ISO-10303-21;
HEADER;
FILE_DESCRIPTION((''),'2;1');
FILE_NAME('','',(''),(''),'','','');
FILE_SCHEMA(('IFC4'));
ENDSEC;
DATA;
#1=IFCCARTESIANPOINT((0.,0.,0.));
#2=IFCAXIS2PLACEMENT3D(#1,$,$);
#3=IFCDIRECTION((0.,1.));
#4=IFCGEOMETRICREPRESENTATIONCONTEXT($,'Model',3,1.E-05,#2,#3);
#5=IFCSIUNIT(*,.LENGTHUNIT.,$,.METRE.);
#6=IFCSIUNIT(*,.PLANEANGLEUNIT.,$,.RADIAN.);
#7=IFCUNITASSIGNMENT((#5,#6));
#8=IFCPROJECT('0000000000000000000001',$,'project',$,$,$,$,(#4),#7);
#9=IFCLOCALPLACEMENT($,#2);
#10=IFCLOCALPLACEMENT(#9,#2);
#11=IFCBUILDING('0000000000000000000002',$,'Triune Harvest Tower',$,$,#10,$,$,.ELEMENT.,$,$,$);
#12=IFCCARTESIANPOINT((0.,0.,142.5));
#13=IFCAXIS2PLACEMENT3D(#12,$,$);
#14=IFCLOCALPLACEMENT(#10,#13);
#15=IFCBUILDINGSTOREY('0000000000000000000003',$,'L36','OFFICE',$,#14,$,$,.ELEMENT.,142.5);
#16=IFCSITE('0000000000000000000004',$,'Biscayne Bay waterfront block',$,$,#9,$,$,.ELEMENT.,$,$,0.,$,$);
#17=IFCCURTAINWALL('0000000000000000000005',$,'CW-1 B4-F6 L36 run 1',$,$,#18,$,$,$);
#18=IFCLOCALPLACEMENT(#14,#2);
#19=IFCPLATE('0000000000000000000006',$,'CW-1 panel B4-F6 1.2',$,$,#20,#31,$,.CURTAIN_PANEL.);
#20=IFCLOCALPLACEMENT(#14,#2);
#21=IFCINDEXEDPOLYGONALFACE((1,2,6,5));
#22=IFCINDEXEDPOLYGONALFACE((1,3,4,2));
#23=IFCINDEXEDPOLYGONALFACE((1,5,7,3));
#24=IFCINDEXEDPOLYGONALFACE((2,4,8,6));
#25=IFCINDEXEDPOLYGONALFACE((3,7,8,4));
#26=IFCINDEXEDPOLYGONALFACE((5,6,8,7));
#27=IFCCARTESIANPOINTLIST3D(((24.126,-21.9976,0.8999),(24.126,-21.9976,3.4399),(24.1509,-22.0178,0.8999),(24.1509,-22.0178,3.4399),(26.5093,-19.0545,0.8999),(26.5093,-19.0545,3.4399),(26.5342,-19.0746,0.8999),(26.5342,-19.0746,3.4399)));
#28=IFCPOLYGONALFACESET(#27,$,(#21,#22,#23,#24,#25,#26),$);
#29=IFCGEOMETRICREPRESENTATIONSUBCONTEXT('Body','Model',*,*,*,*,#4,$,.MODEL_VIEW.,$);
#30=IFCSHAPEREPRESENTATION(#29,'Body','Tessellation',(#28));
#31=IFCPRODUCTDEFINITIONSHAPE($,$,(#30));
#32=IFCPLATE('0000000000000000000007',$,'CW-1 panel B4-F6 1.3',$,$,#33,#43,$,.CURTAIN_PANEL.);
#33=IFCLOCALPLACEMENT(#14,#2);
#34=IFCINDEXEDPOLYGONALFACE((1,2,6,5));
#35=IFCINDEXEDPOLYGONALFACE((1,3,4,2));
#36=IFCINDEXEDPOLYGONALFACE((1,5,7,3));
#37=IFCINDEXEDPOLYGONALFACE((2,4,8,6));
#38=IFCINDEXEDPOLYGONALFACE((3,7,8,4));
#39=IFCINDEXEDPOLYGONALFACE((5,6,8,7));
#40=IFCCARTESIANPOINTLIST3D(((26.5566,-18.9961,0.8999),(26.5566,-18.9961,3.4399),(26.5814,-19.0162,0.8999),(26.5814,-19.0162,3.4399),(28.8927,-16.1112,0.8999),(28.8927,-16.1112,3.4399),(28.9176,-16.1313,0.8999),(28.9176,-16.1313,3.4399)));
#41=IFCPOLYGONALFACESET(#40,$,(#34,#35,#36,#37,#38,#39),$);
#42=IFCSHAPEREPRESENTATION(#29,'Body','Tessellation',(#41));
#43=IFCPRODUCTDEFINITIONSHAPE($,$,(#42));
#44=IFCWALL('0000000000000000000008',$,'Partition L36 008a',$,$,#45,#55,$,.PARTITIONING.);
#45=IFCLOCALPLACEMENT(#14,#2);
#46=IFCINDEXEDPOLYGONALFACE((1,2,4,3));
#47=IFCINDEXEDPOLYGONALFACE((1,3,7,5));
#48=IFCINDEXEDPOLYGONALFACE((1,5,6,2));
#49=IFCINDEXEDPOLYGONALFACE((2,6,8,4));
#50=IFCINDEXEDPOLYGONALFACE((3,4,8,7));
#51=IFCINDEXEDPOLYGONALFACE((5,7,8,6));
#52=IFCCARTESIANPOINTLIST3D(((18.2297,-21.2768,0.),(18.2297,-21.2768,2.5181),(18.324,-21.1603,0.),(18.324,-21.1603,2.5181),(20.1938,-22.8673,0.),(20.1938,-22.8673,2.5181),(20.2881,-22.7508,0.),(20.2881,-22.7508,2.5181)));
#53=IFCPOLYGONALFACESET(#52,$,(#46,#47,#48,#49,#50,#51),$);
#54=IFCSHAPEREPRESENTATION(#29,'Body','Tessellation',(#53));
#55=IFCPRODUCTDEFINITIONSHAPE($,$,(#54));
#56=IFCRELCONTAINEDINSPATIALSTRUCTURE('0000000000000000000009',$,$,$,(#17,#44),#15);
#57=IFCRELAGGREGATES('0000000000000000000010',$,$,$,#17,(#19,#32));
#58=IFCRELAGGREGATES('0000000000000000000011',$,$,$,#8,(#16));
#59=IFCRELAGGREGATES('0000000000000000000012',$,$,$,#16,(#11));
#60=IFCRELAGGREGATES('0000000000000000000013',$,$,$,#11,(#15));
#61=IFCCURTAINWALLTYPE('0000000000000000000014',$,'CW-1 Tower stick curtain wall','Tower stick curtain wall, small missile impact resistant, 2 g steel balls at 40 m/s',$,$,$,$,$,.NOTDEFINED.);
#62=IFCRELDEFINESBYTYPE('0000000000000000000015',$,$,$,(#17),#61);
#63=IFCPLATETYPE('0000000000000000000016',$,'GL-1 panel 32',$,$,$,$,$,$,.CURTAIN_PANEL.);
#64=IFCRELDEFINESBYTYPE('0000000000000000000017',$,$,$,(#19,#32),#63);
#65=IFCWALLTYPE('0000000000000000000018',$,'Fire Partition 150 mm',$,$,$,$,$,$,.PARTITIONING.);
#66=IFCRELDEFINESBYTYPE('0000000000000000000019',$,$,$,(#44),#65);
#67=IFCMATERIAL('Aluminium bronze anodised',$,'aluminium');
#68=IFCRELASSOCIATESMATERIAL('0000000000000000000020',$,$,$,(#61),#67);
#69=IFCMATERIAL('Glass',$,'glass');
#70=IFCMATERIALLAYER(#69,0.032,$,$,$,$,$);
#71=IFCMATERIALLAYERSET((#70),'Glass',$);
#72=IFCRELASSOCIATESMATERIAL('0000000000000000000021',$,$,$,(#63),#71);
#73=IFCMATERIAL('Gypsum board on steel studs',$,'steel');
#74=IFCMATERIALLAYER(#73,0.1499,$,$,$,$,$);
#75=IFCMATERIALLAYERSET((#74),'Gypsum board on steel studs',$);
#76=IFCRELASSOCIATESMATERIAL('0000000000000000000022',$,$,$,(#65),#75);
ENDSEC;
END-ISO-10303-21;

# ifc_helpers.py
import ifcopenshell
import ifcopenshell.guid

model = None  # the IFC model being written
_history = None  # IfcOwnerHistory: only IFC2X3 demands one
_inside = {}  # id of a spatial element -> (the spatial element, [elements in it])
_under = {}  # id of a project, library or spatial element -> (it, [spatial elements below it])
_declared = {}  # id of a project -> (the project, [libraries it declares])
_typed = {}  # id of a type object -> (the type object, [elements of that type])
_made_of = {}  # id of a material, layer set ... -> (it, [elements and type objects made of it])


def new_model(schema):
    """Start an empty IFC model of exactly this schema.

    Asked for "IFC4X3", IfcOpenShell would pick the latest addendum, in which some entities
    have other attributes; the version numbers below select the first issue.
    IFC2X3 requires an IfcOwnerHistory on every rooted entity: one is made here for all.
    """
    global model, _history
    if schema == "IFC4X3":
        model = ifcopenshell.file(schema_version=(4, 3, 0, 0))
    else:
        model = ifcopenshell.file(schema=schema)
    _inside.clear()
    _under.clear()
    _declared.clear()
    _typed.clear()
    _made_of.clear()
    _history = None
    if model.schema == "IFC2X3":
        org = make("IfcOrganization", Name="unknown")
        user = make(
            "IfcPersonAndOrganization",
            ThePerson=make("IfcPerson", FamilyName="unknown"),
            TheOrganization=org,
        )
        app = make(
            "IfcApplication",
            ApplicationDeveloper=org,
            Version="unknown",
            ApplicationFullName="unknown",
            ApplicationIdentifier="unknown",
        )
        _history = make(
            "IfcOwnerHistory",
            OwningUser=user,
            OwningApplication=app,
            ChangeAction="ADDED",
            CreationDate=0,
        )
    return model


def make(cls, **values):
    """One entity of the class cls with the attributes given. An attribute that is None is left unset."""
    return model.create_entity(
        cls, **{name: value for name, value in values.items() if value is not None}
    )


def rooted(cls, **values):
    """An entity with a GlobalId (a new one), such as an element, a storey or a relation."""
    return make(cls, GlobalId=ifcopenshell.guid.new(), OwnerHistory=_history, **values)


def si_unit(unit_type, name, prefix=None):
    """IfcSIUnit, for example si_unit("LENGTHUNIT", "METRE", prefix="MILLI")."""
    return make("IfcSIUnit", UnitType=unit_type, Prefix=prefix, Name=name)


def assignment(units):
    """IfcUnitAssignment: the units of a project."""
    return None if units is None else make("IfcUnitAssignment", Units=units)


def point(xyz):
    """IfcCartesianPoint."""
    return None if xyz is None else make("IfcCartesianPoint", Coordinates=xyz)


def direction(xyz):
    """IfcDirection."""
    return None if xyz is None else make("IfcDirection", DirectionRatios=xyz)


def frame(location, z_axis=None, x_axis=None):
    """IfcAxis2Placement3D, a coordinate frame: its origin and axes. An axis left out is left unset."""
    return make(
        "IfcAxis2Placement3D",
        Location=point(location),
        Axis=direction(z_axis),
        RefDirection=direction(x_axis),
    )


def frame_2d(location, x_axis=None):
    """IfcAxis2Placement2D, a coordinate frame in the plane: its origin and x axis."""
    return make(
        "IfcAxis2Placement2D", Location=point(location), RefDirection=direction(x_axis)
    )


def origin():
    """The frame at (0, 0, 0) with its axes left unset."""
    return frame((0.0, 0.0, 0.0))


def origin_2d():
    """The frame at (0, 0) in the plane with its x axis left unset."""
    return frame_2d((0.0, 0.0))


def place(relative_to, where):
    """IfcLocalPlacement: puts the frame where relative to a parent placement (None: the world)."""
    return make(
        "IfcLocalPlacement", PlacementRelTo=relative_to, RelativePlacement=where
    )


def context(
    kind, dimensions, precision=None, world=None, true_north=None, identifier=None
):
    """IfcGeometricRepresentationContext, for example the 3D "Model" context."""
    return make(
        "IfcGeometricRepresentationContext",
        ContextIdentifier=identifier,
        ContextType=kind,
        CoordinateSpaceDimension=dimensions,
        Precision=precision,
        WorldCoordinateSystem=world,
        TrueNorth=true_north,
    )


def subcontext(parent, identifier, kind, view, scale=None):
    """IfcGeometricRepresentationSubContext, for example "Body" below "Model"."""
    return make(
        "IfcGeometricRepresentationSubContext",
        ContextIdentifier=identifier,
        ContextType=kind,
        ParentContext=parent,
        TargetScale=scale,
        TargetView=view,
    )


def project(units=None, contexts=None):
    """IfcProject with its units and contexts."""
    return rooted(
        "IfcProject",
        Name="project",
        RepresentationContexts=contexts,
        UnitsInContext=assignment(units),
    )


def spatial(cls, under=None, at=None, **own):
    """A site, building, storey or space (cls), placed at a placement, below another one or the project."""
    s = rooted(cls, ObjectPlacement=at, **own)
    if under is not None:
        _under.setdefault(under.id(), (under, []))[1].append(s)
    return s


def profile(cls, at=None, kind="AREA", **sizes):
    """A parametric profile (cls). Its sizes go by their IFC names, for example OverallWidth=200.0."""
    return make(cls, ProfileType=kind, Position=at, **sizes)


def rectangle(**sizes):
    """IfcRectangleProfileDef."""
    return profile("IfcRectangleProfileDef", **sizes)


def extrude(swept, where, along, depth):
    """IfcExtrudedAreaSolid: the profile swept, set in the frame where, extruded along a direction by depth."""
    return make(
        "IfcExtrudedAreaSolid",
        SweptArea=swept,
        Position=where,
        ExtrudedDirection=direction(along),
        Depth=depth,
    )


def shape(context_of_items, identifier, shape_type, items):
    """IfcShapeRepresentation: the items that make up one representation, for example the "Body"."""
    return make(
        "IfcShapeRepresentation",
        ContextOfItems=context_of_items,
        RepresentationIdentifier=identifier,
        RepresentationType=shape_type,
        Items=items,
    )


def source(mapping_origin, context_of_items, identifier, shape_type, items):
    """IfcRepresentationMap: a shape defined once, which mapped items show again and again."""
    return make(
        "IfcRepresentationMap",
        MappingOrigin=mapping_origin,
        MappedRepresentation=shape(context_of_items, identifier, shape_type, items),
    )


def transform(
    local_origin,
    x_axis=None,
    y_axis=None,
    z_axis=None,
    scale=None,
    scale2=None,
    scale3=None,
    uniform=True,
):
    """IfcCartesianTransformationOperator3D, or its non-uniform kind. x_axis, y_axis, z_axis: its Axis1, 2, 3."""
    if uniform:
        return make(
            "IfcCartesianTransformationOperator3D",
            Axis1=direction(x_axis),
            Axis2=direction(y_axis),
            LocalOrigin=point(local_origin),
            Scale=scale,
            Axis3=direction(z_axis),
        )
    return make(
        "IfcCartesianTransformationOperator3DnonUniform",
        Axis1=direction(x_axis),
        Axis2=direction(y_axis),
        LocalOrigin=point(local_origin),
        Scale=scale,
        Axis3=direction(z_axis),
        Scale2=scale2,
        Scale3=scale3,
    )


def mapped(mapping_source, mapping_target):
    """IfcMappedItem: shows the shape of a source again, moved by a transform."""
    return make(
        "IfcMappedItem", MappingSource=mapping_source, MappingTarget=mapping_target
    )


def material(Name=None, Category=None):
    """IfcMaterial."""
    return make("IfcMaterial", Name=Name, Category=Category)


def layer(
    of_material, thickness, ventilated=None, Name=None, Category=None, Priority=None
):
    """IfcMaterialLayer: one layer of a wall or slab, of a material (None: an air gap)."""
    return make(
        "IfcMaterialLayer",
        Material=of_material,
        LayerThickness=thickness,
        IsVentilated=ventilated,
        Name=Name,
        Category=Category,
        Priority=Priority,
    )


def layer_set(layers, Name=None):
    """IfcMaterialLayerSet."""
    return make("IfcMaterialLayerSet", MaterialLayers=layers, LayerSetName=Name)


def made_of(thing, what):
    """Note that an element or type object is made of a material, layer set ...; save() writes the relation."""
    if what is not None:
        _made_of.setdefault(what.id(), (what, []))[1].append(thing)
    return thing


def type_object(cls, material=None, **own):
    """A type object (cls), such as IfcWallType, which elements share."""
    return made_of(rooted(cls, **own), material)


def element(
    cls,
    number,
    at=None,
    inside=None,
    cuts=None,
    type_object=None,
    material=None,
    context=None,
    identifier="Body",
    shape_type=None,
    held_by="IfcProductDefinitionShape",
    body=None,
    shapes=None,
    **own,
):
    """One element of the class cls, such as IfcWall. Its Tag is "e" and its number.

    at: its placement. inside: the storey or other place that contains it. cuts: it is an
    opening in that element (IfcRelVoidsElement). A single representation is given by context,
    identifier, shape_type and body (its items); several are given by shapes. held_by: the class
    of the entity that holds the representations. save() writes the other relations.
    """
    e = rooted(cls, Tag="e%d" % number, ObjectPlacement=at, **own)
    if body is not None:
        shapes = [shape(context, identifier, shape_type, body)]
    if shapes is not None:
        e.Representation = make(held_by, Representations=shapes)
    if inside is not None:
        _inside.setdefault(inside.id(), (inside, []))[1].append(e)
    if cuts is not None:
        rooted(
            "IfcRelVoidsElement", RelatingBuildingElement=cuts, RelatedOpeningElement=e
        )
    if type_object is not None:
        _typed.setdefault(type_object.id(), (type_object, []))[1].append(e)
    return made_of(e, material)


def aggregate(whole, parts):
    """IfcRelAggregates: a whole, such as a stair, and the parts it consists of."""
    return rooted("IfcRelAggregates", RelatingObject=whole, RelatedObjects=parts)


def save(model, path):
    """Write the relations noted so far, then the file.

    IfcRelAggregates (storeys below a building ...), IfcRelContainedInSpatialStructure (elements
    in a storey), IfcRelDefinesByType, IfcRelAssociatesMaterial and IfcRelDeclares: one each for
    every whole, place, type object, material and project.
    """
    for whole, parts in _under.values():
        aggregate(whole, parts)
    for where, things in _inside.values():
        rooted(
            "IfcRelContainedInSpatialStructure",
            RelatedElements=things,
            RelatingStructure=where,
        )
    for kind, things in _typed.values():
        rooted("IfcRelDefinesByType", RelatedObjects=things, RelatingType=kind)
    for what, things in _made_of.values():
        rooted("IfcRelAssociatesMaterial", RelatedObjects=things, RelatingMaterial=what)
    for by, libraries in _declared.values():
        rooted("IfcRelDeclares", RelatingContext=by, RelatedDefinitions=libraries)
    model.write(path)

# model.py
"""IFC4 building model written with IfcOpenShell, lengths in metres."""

from ifc_helpers import new_model, si_unit, direction, frame, frame_2d, origin, origin_2d, place, context, subcontext, project, spatial, rectangle, extrude, source, transform, mapped, material, layer, layer_set, type_object, element, aggregate, save


model = new_model("IFC4")

# Units and contexts
model_context = context("Model", 3, precision=1e-05, world=origin(), true_north=direction((0.0, 1.0)))
body_context = subcontext(model_context, "Body", "Model", "MODEL_VIEW")
ifc_project = project(units=[si_unit("LENGTHUNIT", "METRE"), si_unit("PLANEANGLEUNIT", "RADIAN")], contexts=[model_context])

# Site, building, storey
site_placement = place(None, origin())
site = spatial("IfcSite", under=ifc_project, at=site_placement, Name="Biscayne Bay waterfront block", CompositionType="ELEMENT", RefElevation=0.0)
building_placement = place(site_placement, origin())
building = spatial("IfcBuilding", under=site, at=building_placement, Name="Triune Harvest Tower", CompositionType="ELEMENT")
storey_placement = place(building_placement, frame((0.0, 0.0, 142.5)))
storey = spatial("IfcBuildingStorey", under=building, at=storey_placement, Name="L36", Description="OFFICE", CompositionType="ELEMENT", Elevation=142.5)

# Curtain wall
ifc_material_1 = material(Name="Aluminium bronze anodised", Category="aluminium")
curtain_wall_type_1 = type_object("IfcCurtainWallType", Name="CW-1 Tower stick curtain wall", Description="Tower stick curtain wall, small missile impact resistant, 2 g steel balls at 40 m/s", PredefinedType="NOTDEFINED", material=ifc_material_1)
curtain_wall_1_placement = place(storey_placement, origin())
curtain_wall_1 = element("IfcCurtainWall", 1, at=curtain_wall_1_placement, inside=storey, type_object=curtain_wall_type_1, Name="CW-1 B4-F6 L36 run 1")

# Plates
ifc_material_2 = material(Name="Glass", Category="glass")
ifc_layer_1 = layer(ifc_material_2, 0.032)
ifc_layer_set_1 = layer_set([ifc_layer_1], Name="Glass")
plate_type_1 = type_object("IfcPlateType", Name="GL-1 panel 32", PredefinedType="CURTAIN_PANEL", material=ifc_layer_set_1)
shared_shape_1 = source(origin(), body_context, "Body", "SweptSolid", [
    extrude(rectangle(XDim=3.7871, YDim=0.032, at=origin_2d()), origin(), (0.0, 0.0, 1.0), 2.54),
])
plate_1_placement = place(storey_placement, frame((25.3301, -20.5361, 0.8999), z_axis=(0.0, 0.0, 1.0), x_axis=(0.629321, 0.777146, 0.0)))
plate_1 = element("IfcPlate", 2, at=plate_1_placement, type_object=plate_type_1, Name="CW-1 panel B4-F6 1.2", PredefinedType="CURTAIN_PANEL", context=body_context, shape_type="MappedRepresentation", body=[
    mapped(shared_shape_1, transform((0.0, 0.0, 0.0), scale=1.0)),
])
shared_shape_2 = source(origin(), body_context, "Body", "SweptSolid", [
    extrude(rectangle(XDim=3.7122, YDim=0.032, at=origin_2d()), origin(), (0.0, 0.0, 1.0), 2.54),
])
plate_2_placement = place(storey_placement, frame((27.7371, -17.5637, 0.8999), z_axis=(0.0, 0.0, 1.0), x_axis=(0.629321, 0.777146, 0.0)))
plate_2 = element("IfcPlate", 3, at=plate_2_placement, type_object=plate_type_1, Name="CW-1 panel B4-F6 1.3", PredefinedType="CURTAIN_PANEL", context=body_context, shape_type="MappedRepresentation", body=[
    mapped(shared_shape_2, transform((0.0, 0.0, 0.0), scale=1.0)),
])
aggregate(curtain_wall_1, [plate_1, plate_2])

# Wall
ifc_material_3 = material(Name="Gypsum board on steel studs", Category="steel")
ifc_layer_2 = layer(ifc_material_3, 0.1499)
ifc_layer_set_2 = layer_set([ifc_layer_2], Name="Gypsum board on steel studs")
wall_type = type_object("IfcWallType", Name="Fire Partition 150 mm", PredefinedType="PARTITIONING", material=ifc_layer_set_2)
shared_shape_3 = source(origin(), body_context, "Body", "SweptSolid", [
    extrude(rectangle(XDim=2.5273, YDim=0.1499, at=frame_2d((1.2637, 0.0))), origin(), (0.0, 0.0, 1.0), 2.5181),
])
wall_placement = place(storey_placement, frame((18.2769, -21.2185, 0.0), z_axis=(0.0, 0.0, 1.0), x_axis=(0.777132, -0.629337, 0.0)))
element("IfcWall", 4, at=wall_placement, inside=storey, type_object=wall_type, Name="Partition L36 008a", PredefinedType="PARTITIONING", context=body_context, shape_type="MappedRepresentation", body=[
    mapped(shared_shape_3, transform((0.0, 0.0, 0.0), scale=1.0)),
])

save(model, "model.ifc")
